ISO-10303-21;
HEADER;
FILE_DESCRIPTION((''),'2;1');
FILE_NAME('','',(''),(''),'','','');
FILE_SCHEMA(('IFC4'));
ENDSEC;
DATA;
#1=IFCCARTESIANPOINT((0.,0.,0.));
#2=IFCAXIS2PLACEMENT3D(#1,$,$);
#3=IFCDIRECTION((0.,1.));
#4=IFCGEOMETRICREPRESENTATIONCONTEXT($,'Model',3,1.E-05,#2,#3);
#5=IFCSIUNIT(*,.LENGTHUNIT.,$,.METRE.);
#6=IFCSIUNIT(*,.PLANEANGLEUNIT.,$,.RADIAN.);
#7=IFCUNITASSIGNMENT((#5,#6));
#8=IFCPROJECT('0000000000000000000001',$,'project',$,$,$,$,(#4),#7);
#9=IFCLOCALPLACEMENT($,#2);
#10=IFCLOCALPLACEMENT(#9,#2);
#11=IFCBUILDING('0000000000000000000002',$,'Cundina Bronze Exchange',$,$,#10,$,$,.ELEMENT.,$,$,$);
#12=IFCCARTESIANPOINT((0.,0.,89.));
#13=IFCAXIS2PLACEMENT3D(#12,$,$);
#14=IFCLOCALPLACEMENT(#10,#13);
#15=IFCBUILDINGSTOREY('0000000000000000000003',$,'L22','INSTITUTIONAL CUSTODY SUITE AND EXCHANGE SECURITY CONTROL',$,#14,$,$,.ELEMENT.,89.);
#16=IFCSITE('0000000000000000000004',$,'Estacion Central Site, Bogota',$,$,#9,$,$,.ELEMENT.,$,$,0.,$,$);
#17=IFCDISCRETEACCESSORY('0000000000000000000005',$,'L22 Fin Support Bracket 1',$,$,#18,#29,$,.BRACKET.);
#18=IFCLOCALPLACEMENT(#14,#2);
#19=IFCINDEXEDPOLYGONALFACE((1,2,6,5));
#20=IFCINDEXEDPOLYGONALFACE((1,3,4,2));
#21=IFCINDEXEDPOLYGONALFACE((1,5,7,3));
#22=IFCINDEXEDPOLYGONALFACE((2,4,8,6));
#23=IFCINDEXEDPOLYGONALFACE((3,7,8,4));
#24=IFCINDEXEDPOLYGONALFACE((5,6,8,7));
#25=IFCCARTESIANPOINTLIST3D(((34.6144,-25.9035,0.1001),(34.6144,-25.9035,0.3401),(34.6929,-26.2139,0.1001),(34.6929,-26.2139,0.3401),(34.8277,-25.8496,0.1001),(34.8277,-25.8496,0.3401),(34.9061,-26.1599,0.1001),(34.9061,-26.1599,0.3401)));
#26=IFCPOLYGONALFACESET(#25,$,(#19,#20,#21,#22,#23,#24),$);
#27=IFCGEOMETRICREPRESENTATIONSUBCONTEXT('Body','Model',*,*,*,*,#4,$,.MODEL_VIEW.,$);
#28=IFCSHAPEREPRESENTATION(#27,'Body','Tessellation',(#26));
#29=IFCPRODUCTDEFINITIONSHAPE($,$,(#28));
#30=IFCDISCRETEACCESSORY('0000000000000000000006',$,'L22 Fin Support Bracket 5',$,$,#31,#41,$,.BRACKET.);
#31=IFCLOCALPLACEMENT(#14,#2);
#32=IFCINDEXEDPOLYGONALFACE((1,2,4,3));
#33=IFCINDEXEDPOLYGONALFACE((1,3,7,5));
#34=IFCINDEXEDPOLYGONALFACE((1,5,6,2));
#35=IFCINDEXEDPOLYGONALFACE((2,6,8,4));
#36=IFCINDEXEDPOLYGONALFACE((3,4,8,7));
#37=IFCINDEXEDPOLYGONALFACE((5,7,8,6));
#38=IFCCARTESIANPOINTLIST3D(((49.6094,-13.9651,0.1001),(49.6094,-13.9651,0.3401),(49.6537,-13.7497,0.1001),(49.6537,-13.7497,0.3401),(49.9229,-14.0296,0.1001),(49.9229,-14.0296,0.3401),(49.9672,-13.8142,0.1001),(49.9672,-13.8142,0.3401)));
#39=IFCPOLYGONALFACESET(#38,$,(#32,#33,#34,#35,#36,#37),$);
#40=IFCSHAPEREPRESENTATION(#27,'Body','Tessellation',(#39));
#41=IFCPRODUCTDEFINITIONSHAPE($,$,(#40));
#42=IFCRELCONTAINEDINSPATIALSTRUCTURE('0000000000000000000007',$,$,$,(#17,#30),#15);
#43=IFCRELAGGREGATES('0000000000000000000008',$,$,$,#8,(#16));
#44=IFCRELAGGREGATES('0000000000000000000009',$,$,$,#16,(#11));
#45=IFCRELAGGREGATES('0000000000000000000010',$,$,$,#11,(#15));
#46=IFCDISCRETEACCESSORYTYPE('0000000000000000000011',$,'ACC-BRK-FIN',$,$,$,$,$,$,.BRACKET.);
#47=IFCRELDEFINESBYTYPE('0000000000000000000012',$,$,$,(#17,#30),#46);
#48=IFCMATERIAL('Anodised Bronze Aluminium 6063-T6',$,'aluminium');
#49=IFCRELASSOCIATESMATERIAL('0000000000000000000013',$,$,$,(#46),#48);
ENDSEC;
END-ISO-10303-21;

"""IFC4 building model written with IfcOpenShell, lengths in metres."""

from ifc_helpers import new_model, si_unit, direction, frame, origin, origin_2d, place, context, subcontext, project, spatial, rectangle, extrude, material, type_object, element, save


model = new_model("IFC4")

# Units and contexts
model_context = context("Model", 3, precision=1e-05, world=origin(), true_north=direction((0.0, 1.0)))
body_context = subcontext(model_context, "Body", "Model", "MODEL_VIEW")
ifc_project = project(units=[si_unit("LENGTHUNIT", "METRE"), si_unit("PLANEANGLEUNIT", "RADIAN")], contexts=[model_context])

# Site, building, storey
site_placement = place(None, origin())
site = spatial("IfcSite", under=ifc_project, at=site_placement, Name="Estacion Central Site, Bogota", CompositionType="ELEMENT", RefElevation=0.0)
building_placement = place(site_placement, origin())
building = spatial("IfcBuilding", under=site, at=building_placement, Name="Cundina Bronze Exchange", CompositionType="ELEMENT")
storey_placement = place(building_placement, frame((0.0, 0.0, 89.0)))
storey = spatial("IfcBuildingStorey", under=building, at=storey_placement, Name="L22", Description="INSTITUTIONAL CUSTODY SUITE AND EXCHANGE SECURITY CONTROL", CompositionType="ELEMENT", Elevation=89.0)

# Shared definitions
ifc_material_1 = material(Name="Anodised Bronze Aluminium 6063-T6", Category="aluminium")

# Discrete accessories
discrete_accessory_type = type_object("IfcDiscreteAccessoryType", Name="ACC-BRK-FIN", PredefinedType="BRACKET", material=ifc_material_1)
for number, where, z_axis, x_axis, name in (
    (1, (34.7603, -26.0317, 0.1001), (0.0, 0.0, 1.0), (0.969488, 0.245138, 0.0), "L22 Fin Support Bracket 1"),
    (2, (49.7883, -13.8896, 0.1001), (0.0, 0.0, 1.0), (0.20142, 0.979505, 0.0), "L22 Fin Support Bracket 5"),
):
    element("IfcDiscreteAccessory", number, at=place(storey_placement, frame(where, z_axis=z_axis, x_axis=x_axis)), inside=storey, type_object=discrete_accessory_type, Name=name, PredefinedType="BRACKET", context=body_context, shape_type="SweptSolid", body=[
        extrude(rectangle(XDim=0.22, YDim=0.3201, at=origin_2d()), origin(), (0.0, 0.0, 1.0), 0.24),
    ])

save(model, "model.ifc")
